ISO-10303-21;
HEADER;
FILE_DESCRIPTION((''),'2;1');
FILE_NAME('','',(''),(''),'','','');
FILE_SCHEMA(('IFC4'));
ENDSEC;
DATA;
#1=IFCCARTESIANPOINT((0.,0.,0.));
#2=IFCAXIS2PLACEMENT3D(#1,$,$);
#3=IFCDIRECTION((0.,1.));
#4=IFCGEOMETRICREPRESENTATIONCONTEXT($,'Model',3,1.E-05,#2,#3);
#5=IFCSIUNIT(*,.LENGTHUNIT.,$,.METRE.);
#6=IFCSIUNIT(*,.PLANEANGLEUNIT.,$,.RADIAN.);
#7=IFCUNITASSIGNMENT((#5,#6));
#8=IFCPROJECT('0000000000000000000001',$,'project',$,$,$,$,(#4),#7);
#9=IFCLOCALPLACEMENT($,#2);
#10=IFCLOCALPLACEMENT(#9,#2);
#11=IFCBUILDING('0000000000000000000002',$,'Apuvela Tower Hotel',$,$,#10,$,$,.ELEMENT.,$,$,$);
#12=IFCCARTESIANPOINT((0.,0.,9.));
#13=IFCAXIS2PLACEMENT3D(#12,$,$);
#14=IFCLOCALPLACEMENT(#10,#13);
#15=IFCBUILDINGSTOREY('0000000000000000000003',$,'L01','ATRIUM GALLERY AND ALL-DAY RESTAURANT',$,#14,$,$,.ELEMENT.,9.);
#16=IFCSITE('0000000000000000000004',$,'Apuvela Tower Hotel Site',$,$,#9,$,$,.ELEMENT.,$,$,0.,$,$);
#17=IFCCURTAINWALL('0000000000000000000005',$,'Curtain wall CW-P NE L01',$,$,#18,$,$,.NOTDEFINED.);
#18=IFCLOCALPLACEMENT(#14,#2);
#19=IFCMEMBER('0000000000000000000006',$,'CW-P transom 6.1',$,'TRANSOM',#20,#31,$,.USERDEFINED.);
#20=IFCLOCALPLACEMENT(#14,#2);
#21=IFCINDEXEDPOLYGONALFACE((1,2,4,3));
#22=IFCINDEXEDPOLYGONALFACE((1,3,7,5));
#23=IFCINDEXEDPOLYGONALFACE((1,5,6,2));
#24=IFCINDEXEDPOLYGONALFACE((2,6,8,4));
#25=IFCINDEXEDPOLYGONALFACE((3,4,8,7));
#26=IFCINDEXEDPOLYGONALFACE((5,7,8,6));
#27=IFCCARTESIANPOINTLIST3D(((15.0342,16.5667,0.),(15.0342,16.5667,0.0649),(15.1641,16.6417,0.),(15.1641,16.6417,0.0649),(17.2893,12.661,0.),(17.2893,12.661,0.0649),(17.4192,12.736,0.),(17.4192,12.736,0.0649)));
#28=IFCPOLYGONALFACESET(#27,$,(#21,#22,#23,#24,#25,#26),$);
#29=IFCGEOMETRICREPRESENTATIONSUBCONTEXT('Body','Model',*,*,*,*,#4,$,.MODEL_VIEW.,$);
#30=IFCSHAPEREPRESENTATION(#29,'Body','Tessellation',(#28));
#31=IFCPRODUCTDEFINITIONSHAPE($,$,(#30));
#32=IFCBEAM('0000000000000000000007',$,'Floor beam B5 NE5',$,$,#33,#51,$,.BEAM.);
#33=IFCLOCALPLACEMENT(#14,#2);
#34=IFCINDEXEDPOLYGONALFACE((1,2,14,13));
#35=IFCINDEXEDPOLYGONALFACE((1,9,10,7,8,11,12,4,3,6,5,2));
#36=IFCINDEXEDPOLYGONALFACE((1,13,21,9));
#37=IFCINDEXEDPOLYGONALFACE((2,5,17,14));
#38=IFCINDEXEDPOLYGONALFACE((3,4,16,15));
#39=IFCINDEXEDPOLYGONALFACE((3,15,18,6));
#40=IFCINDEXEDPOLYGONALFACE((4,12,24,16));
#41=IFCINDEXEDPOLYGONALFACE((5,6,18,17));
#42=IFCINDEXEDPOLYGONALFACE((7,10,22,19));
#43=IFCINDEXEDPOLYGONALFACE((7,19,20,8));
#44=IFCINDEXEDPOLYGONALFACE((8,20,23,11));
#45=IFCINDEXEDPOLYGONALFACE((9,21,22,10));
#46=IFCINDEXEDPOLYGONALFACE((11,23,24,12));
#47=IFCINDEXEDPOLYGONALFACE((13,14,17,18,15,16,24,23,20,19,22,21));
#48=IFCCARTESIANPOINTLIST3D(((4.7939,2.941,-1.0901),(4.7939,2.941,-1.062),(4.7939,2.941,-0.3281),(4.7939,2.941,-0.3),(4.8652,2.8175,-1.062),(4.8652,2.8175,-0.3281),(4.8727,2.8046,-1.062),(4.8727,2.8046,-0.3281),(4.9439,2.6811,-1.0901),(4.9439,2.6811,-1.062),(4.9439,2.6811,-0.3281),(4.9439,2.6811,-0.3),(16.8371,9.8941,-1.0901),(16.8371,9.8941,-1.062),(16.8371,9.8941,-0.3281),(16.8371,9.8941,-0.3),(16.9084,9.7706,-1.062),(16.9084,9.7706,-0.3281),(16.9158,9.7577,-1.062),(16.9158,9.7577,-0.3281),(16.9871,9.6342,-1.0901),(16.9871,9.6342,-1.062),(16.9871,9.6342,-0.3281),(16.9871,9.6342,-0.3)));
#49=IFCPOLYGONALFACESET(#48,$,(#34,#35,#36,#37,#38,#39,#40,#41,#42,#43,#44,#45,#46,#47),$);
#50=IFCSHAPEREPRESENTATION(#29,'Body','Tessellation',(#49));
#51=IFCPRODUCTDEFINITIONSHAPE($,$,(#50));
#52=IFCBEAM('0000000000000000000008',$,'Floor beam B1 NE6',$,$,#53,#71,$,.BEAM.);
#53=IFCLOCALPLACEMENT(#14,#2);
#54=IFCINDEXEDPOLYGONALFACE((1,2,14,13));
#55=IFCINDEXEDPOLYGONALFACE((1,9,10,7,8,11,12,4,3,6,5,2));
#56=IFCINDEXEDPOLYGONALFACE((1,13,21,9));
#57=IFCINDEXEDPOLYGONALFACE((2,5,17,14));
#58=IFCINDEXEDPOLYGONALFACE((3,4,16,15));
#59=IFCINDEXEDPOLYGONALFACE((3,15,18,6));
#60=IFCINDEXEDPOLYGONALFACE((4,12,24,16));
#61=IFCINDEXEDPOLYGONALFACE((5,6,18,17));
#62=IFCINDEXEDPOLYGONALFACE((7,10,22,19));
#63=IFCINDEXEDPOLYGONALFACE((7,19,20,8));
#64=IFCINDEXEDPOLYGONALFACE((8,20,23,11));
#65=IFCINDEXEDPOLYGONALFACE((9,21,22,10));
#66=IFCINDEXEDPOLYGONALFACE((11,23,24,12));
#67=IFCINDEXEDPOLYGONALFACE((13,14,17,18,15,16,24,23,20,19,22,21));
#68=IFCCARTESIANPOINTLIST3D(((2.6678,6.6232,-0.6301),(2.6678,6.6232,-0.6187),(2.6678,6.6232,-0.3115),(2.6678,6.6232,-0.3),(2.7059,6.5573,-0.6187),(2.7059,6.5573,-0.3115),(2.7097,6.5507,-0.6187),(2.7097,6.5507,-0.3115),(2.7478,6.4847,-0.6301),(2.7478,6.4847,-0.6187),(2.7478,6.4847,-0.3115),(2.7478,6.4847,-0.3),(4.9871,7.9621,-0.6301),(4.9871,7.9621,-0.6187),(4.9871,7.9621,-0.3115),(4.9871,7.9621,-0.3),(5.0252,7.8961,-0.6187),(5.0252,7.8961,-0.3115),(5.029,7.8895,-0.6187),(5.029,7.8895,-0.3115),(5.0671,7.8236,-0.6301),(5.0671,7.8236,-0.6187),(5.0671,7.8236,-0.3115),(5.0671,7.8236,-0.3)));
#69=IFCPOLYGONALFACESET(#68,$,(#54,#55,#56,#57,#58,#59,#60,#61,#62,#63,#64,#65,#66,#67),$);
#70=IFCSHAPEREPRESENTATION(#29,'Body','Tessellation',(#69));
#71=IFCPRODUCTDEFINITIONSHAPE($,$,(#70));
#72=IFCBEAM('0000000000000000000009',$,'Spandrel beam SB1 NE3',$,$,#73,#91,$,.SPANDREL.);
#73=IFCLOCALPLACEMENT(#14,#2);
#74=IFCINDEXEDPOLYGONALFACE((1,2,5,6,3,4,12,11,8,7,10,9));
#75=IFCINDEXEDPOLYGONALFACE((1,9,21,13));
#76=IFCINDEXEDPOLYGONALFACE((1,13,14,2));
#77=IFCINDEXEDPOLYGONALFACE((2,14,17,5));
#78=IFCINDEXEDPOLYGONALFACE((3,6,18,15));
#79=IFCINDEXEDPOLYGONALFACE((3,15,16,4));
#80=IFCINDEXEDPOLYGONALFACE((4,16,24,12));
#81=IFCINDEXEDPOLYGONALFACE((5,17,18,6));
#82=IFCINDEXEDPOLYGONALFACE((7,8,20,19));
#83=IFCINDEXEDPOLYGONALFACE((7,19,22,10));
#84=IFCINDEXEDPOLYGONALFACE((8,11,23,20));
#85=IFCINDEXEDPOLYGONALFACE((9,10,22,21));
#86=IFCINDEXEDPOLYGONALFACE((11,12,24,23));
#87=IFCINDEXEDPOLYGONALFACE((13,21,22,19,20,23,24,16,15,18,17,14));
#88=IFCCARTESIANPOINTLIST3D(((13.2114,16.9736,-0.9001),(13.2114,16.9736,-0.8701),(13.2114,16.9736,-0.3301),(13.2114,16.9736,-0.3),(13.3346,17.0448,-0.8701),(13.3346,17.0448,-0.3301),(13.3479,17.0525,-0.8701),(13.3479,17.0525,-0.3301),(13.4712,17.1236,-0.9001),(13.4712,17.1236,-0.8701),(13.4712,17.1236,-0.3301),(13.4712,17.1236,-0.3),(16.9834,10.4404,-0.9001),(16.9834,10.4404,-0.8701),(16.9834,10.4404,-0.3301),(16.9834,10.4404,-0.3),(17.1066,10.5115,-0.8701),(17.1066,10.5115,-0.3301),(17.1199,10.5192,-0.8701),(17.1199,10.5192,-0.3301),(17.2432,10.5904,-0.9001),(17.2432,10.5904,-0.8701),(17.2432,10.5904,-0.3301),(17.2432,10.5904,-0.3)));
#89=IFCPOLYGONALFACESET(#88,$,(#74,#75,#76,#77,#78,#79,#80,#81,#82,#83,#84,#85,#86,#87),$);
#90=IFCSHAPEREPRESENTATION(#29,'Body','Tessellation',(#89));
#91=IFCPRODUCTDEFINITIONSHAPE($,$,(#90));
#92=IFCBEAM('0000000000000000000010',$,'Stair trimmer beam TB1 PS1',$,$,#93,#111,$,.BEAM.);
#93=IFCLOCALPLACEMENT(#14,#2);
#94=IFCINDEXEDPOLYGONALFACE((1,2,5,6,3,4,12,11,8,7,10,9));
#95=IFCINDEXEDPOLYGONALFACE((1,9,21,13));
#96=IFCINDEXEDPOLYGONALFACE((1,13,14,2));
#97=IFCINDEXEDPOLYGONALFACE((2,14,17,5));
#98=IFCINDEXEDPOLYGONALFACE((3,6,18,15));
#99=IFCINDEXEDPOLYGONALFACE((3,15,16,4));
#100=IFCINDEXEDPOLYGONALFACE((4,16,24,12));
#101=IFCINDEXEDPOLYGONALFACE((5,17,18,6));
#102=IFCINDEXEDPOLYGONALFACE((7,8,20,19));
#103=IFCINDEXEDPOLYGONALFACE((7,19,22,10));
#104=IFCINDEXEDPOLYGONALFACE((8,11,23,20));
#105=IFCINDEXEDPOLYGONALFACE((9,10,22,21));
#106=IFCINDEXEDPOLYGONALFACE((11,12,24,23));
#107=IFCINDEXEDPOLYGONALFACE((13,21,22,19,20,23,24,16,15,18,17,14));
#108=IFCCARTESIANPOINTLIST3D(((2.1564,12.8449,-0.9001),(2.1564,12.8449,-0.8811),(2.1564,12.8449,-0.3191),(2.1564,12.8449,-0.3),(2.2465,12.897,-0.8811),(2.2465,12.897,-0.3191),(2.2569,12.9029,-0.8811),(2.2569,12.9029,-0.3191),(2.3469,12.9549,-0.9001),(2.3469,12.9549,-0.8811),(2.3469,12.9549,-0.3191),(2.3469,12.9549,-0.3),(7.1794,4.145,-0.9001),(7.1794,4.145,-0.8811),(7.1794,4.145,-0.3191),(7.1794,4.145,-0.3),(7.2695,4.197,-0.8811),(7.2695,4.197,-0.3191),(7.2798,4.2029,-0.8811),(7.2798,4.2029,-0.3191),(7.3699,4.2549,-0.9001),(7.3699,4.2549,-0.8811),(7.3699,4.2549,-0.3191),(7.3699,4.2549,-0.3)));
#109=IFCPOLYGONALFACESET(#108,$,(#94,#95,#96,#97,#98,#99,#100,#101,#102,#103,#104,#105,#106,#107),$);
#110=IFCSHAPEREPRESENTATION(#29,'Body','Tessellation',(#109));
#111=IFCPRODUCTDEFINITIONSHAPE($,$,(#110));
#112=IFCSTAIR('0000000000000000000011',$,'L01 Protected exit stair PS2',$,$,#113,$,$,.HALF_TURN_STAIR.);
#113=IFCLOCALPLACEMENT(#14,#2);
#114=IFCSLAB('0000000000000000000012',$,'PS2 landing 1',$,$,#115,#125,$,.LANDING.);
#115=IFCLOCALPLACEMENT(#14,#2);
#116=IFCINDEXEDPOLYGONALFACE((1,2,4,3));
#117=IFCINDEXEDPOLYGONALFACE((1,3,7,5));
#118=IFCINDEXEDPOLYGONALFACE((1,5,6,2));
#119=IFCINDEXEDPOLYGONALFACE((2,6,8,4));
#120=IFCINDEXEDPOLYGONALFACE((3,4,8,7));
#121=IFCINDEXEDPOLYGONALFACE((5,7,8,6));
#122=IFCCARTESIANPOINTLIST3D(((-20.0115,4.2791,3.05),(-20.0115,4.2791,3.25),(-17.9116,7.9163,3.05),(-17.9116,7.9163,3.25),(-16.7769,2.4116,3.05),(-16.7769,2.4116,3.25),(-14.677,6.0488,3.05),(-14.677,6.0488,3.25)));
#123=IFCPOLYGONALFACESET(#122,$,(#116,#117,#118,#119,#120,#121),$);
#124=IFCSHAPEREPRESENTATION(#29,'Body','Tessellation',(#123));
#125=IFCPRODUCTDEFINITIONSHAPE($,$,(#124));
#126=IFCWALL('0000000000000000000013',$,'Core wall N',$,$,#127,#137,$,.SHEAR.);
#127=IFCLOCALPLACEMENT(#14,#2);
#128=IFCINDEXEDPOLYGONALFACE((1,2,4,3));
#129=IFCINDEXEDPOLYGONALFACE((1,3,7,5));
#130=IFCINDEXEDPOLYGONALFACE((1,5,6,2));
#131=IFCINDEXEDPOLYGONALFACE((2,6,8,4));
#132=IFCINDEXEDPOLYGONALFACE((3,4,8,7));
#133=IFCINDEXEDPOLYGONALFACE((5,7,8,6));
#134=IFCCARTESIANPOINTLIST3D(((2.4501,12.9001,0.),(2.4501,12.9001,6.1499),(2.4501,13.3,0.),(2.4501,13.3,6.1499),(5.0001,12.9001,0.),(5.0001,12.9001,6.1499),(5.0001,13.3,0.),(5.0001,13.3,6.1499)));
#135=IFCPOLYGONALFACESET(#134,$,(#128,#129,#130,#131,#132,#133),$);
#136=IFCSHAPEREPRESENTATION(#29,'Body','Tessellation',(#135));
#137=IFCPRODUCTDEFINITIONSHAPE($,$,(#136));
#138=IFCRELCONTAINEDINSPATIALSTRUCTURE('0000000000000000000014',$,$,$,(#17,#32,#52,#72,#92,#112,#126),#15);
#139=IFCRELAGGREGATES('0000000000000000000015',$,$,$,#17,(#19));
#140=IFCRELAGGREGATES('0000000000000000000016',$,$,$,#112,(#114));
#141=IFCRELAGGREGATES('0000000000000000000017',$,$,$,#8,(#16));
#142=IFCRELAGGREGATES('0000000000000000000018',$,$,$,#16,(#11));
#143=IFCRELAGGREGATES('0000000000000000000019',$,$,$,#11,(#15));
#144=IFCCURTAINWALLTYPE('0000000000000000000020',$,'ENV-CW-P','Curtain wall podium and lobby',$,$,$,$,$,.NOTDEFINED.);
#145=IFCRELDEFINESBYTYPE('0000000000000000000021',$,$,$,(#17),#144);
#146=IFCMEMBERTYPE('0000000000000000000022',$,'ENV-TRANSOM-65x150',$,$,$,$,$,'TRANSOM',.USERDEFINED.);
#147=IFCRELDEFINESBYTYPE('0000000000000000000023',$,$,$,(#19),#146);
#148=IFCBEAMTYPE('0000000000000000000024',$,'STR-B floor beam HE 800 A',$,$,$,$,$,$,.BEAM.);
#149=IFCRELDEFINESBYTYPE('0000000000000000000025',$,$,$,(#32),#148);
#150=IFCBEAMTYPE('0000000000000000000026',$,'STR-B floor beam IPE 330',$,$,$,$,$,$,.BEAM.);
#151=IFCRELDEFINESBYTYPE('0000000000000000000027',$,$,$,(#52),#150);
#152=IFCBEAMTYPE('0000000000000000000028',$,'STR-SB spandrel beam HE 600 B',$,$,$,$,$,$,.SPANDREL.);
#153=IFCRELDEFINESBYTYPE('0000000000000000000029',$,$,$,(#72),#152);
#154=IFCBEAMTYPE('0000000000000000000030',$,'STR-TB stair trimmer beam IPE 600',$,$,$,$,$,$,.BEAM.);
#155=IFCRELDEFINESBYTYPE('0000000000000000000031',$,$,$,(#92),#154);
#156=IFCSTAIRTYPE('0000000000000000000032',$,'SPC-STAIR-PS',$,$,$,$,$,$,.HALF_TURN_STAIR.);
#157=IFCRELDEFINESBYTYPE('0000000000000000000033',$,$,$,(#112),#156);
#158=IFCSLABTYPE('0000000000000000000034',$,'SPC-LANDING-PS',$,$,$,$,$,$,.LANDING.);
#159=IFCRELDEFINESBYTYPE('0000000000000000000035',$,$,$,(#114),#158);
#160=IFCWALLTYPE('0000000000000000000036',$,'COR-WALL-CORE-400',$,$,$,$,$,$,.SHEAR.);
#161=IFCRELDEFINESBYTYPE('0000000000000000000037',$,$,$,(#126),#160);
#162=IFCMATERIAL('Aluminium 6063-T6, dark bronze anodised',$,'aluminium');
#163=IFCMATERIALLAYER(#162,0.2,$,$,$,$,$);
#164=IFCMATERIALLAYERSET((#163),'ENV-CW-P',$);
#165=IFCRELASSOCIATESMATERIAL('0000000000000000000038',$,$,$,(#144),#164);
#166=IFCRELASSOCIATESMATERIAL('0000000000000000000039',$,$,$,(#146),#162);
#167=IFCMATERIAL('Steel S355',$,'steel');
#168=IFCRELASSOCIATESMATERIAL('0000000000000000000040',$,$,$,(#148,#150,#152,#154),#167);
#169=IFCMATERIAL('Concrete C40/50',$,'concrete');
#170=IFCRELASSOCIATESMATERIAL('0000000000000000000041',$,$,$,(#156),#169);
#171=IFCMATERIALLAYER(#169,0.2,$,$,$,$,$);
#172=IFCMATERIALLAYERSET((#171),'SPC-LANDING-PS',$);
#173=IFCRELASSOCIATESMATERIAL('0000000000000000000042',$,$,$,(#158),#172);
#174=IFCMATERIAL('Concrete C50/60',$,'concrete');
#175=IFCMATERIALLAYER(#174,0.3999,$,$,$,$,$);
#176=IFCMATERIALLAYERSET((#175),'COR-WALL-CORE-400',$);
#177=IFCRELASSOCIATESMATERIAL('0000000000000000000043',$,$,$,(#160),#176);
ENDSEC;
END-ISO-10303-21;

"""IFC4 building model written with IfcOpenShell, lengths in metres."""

from ifc_helpers import new_model, si_unit, direction, frame, frame_2d, origin, origin_2d, place, context, subcontext, project, spatial, polyline, rectangle, i_section, outline, extrude, material, layer, layer_set, material_profile, profile_set, type_object, element, aggregate, save


model = new_model("IFC4")

# Units and contexts
model_context = context("Model", 3, precision=1e-05, world=origin(), true_north=direction((0.0, 1.0)))
body_context = subcontext(model_context, "Body", "Model", "MODEL_VIEW")
ifc_project = project(units=[si_unit("LENGTHUNIT", "METRE"), si_unit("PLANEANGLEUNIT", "RADIAN")], contexts=[model_context])

# Site, building, storey
site_placement = place(None, origin())
site = spatial("IfcSite", under=ifc_project, at=site_placement, Name="Apuvela Tower Hotel Site", CompositionType="ELEMENT", RefElevation=0.0)
building_placement = place(site_placement, origin())
building = spatial("IfcBuilding", under=site, at=building_placement, Name="Apuvela Tower Hotel", CompositionType="ELEMENT")
storey_placement = place(building_placement, frame((0.0, 0.0, 9.0)))
storey = spatial("IfcBuildingStorey", under=building, at=storey_placement, Name="L01", Description="ATRIUM GALLERY AND ALL-DAY RESTAURANT", CompositionType="ELEMENT", Elevation=9.0)

# Curtain wall, member
ifc_material_1 = material(Name="Aluminium 6063-T6, dark bronze anodised", Category="aluminium")
ifc_layer_1 = layer(ifc_material_1, 0.2)
ifc_layer_set_1 = layer_set([ifc_layer_1], Name="ENV-CW-P")
curtain_wall_type = type_object("IfcCurtainWallType", Name="ENV-CW-P", Description="Curtain wall podium and lobby", PredefinedType="NOTDEFINED", material=ifc_layer_set_1)
curtain_wall_placement = place(storey_placement, origin())
curtain_wall = element("IfcCurtainWall", 1, at=curtain_wall_placement, inside=storey, type_object=curtain_wall_type, Name="Curtain wall CW-P NE L01", PredefinedType="NOTDEFINED")
ifc_material_profile_1 = material_profile(ifc_material_1, rectangle(XDim=0.1499, YDim=0.0649, at=origin_2d()), Name="AL 65x150 transom")
ifc_profile_set_1 = profile_set([ifc_material_profile_1], Name="Aluminium 6063-T6, dark bronze anodised")
member_type = type_object("IfcMemberType", Name="ENV-TRANSOM-65x150", ElementType="TRANSOM", PredefinedType="USERDEFINED", material=ifc_profile_set_1)
member_placement = place(storey_placement, frame((17.3542, 12.6985, 0.0325), z_axis=(-0.500022, 0.866013, 0.0), x_axis=(-0.866013, -0.500022, 0.0)))
member = element("IfcMember", 2, at=member_placement, type_object=member_type, Name="CW-P transom 6.1", ObjectType="TRANSOM", PredefinedType="USERDEFINED", context=body_context, shape_type="SweptSolid", body=[
    extrude(rectangle(XDim=0.1499, YDim=0.0649, at=origin_2d()), origin(), (0.0, 0.0, 1.0), 4.51),
])
aggregate(curtain_wall, [member])

# Beams
ifc_material_2 = material(Name="Steel S355", Category="steel")
ifc_material_profile_2 = material_profile(ifc_material_2, i_section(OverallWidth=0.3, OverallDepth=0.79, WebThickness=0.0149, FlangeThickness=0.0281, at=origin_2d()), Name="HE 800 A")
ifc_profile_set_2 = profile_set([ifc_material_profile_2], Name="Steel S355")
beam_type_1 = type_object("IfcBeamType", Name="STR-B floor beam HE 800 A", PredefinedType="BEAM", material=ifc_profile_set_2)
beam_1_placement = place(storey_placement, frame((16.9121, 9.7642, -0.6951), z_axis=(-0.866026, -0.499999, 0.0), x_axis=(0.499999, -0.866026, 0.0)))
element("IfcBeam", 3, at=beam_1_placement, inside=storey, type_object=beam_type_1, Name="Floor beam B5 NE5", PredefinedType="BEAM", context=body_context, shape_type="SweptSolid", body=[
    extrude(i_section(OverallWidth=0.3, OverallDepth=0.79, WebThickness=0.0149, FlangeThickness=0.0281, at=origin_2d()), origin(), (0.0, 0.0, 1.0), 13.9062),
])
ifc_material_profile_3 = material_profile(ifc_material_2, i_section(OverallWidth=0.1599, OverallDepth=0.3301, WebThickness=0.0076, FlangeThickness=0.0115, at=origin_2d()), Name="IPE 330")
ifc_profile_set_3 = profile_set([ifc_material_profile_3], Name="Steel S355")
beam_type_2 = type_object("IfcBeamType", Name="STR-B floor beam IPE 330", PredefinedType="BEAM", material=ifc_profile_set_3)
beam_2_placement = place(storey_placement, frame((5.0271, 7.8928, -0.4651), z_axis=(-0.866058, -0.499943, 0.0), x_axis=(0.499943, -0.866058, 0.0)))
element("IfcBeam", 4, at=beam_2_placement, inside=storey, type_object=beam_type_2, Name="Floor beam B1 NE6", PredefinedType="BEAM", context=body_context, shape_type="SweptSolid", body=[
    extrude(i_section(OverallWidth=0.1599, OverallDepth=0.3301, WebThickness=0.0076, FlangeThickness=0.0115, at=origin_2d()), origin(), (0.0, 0.0, 1.0), 2.678),
])
ifc_material_profile_4 = material_profile(ifc_material_2, i_section(OverallWidth=0.3, OverallDepth=0.6001, WebThickness=0.0154, FlangeThickness=0.03, at=origin_2d()), Name="HE 600 B")
ifc_profile_set_4 = profile_set([ifc_material_profile_4], Name="Steel S355")
beam_type_3 = type_object("IfcBeamType", Name="STR-SB spandrel beam HE 600 B", PredefinedType="SPANDREL", material=ifc_profile_set_4)
beam_3_placement = place(storey_placement, frame((17.1133, 10.5154, -0.6001), z_axis=(-0.500003, 0.866024, 0.0), x_axis=(-0.866024, -0.500003, 0.0)))
element("IfcBeam", 5, at=beam_3_placement, inside=storey, type_object=beam_type_3, Name="Spandrel beam SB1 NE3", PredefinedType="SPANDREL", context=body_context, shape_type="SweptSolid", body=[
    extrude(i_section(OverallWidth=0.3, OverallDepth=0.6001, WebThickness=0.0154, FlangeThickness=0.03, at=origin_2d()), origin(), (0.0, 0.0, 1.0), 7.5439),
])
ifc_material_profile_5 = material_profile(ifc_material_2, i_section(OverallWidth=0.22, OverallDepth=0.6001, WebThickness=0.012, FlangeThickness=0.019, at=origin_2d()), Name="IPE 600")
ifc_profile_set_5 = profile_set([ifc_material_profile_5], Name="Steel S355")
beam_type_4 = type_object("IfcBeamType", Name="STR-TB stair trimmer beam IPE 600", PredefinedType="BEAM", material=ifc_profile_set_5)
beam_4_placement = place(storey_placement, frame((7.2747, 4.2, -0.6001), z_axis=(-0.500002, 0.866024, 0.0), x_axis=(-0.866024, -0.500002, 0.0)))
element("IfcBeam", 6, at=beam_4_placement, inside=storey, type_object=beam_type_4, Name="Stair trimmer beam TB1 PS1", PredefinedType="BEAM", context=body_context, shape_type="SweptSolid", body=[
    extrude(i_section(OverallWidth=0.22, OverallDepth=0.6001, WebThickness=0.012, FlangeThickness=0.019, at=origin_2d()), origin(), (0.0, 0.0, 1.0), 10.0459),
])

# Stair, slab
ifc_material_3 = material(Name="Concrete C40/50", Category="concrete")
stair_type_1 = type_object("IfcStairType", Name="SPC-STAIR-PS", PredefinedType="HALF_TURN_STAIR", material=ifc_material_3)
stair_1_placement = place(storey_placement, origin())
stair_1 = element("IfcStair", 7, at=stair_1_placement, inside=storey, type_object=stair_type_1, Name="L01 Protected exit stair PS2", PredefinedType="HALF_TURN_STAIR")
ifc_layer_2 = layer(ifc_material_3, 0.2)
ifc_layer_set_2 = layer_set([ifc_layer_2], Name="SPC-LANDING-PS")
slab_type = type_object("IfcSlabType", Name="SPC-LANDING-PS", PredefinedType="LANDING", material=ifc_layer_set_2)
slab_placement = place(storey_placement, frame((0.0, 0.0, 3.05)))
slab = element("IfcSlab", 8, at=slab_placement, type_object=slab_type, Name="PS2 landing 1", PredefinedType="LANDING", context=body_context, shape_type="SweptSolid", body=[
    extrude(outline(polyline([(-14.677, 6.0488), (-17.9116, 7.9163), (-20.0115, 4.2791), (-16.7769, 2.4116), (-14.677, 6.0488)])), origin(), (0.0, 0.0, 1.0), 0.2),
])
aggregate(stair_1, [slab])

# Wall
ifc_material_4 = material(Name="Concrete C50/60", Category="concrete")
ifc_layer_3 = layer(ifc_material_4, 0.3999)
ifc_layer_set_3 = layer_set([ifc_layer_3], Name="COR-WALL-CORE-400")
wall_type_1 = type_object("IfcWallType", Name="COR-WALL-CORE-400", PredefinedType="SHEAR", material=ifc_layer_set_3)
wall_1_placement = place(storey_placement, frame((5.0, 13.1001, 0.0), z_axis=(0.0, 0.0, 1.0), x_axis=(-1.0, 0.0, 0.0)))
element("IfcWall", 9, at=wall_1_placement, inside=storey, type_object=wall_type_1, Name="Core wall N", PredefinedType="SHEAR", context=body_context, shape_type="SweptSolid", body=[
    extrude(rectangle(XDim=2.55, YDim=0.3999, at=frame_2d((1.2749, 0.0))), origin(), (0.0, 0.0, 1.0), 6.1499),
])

save(model, "model.ifc")
